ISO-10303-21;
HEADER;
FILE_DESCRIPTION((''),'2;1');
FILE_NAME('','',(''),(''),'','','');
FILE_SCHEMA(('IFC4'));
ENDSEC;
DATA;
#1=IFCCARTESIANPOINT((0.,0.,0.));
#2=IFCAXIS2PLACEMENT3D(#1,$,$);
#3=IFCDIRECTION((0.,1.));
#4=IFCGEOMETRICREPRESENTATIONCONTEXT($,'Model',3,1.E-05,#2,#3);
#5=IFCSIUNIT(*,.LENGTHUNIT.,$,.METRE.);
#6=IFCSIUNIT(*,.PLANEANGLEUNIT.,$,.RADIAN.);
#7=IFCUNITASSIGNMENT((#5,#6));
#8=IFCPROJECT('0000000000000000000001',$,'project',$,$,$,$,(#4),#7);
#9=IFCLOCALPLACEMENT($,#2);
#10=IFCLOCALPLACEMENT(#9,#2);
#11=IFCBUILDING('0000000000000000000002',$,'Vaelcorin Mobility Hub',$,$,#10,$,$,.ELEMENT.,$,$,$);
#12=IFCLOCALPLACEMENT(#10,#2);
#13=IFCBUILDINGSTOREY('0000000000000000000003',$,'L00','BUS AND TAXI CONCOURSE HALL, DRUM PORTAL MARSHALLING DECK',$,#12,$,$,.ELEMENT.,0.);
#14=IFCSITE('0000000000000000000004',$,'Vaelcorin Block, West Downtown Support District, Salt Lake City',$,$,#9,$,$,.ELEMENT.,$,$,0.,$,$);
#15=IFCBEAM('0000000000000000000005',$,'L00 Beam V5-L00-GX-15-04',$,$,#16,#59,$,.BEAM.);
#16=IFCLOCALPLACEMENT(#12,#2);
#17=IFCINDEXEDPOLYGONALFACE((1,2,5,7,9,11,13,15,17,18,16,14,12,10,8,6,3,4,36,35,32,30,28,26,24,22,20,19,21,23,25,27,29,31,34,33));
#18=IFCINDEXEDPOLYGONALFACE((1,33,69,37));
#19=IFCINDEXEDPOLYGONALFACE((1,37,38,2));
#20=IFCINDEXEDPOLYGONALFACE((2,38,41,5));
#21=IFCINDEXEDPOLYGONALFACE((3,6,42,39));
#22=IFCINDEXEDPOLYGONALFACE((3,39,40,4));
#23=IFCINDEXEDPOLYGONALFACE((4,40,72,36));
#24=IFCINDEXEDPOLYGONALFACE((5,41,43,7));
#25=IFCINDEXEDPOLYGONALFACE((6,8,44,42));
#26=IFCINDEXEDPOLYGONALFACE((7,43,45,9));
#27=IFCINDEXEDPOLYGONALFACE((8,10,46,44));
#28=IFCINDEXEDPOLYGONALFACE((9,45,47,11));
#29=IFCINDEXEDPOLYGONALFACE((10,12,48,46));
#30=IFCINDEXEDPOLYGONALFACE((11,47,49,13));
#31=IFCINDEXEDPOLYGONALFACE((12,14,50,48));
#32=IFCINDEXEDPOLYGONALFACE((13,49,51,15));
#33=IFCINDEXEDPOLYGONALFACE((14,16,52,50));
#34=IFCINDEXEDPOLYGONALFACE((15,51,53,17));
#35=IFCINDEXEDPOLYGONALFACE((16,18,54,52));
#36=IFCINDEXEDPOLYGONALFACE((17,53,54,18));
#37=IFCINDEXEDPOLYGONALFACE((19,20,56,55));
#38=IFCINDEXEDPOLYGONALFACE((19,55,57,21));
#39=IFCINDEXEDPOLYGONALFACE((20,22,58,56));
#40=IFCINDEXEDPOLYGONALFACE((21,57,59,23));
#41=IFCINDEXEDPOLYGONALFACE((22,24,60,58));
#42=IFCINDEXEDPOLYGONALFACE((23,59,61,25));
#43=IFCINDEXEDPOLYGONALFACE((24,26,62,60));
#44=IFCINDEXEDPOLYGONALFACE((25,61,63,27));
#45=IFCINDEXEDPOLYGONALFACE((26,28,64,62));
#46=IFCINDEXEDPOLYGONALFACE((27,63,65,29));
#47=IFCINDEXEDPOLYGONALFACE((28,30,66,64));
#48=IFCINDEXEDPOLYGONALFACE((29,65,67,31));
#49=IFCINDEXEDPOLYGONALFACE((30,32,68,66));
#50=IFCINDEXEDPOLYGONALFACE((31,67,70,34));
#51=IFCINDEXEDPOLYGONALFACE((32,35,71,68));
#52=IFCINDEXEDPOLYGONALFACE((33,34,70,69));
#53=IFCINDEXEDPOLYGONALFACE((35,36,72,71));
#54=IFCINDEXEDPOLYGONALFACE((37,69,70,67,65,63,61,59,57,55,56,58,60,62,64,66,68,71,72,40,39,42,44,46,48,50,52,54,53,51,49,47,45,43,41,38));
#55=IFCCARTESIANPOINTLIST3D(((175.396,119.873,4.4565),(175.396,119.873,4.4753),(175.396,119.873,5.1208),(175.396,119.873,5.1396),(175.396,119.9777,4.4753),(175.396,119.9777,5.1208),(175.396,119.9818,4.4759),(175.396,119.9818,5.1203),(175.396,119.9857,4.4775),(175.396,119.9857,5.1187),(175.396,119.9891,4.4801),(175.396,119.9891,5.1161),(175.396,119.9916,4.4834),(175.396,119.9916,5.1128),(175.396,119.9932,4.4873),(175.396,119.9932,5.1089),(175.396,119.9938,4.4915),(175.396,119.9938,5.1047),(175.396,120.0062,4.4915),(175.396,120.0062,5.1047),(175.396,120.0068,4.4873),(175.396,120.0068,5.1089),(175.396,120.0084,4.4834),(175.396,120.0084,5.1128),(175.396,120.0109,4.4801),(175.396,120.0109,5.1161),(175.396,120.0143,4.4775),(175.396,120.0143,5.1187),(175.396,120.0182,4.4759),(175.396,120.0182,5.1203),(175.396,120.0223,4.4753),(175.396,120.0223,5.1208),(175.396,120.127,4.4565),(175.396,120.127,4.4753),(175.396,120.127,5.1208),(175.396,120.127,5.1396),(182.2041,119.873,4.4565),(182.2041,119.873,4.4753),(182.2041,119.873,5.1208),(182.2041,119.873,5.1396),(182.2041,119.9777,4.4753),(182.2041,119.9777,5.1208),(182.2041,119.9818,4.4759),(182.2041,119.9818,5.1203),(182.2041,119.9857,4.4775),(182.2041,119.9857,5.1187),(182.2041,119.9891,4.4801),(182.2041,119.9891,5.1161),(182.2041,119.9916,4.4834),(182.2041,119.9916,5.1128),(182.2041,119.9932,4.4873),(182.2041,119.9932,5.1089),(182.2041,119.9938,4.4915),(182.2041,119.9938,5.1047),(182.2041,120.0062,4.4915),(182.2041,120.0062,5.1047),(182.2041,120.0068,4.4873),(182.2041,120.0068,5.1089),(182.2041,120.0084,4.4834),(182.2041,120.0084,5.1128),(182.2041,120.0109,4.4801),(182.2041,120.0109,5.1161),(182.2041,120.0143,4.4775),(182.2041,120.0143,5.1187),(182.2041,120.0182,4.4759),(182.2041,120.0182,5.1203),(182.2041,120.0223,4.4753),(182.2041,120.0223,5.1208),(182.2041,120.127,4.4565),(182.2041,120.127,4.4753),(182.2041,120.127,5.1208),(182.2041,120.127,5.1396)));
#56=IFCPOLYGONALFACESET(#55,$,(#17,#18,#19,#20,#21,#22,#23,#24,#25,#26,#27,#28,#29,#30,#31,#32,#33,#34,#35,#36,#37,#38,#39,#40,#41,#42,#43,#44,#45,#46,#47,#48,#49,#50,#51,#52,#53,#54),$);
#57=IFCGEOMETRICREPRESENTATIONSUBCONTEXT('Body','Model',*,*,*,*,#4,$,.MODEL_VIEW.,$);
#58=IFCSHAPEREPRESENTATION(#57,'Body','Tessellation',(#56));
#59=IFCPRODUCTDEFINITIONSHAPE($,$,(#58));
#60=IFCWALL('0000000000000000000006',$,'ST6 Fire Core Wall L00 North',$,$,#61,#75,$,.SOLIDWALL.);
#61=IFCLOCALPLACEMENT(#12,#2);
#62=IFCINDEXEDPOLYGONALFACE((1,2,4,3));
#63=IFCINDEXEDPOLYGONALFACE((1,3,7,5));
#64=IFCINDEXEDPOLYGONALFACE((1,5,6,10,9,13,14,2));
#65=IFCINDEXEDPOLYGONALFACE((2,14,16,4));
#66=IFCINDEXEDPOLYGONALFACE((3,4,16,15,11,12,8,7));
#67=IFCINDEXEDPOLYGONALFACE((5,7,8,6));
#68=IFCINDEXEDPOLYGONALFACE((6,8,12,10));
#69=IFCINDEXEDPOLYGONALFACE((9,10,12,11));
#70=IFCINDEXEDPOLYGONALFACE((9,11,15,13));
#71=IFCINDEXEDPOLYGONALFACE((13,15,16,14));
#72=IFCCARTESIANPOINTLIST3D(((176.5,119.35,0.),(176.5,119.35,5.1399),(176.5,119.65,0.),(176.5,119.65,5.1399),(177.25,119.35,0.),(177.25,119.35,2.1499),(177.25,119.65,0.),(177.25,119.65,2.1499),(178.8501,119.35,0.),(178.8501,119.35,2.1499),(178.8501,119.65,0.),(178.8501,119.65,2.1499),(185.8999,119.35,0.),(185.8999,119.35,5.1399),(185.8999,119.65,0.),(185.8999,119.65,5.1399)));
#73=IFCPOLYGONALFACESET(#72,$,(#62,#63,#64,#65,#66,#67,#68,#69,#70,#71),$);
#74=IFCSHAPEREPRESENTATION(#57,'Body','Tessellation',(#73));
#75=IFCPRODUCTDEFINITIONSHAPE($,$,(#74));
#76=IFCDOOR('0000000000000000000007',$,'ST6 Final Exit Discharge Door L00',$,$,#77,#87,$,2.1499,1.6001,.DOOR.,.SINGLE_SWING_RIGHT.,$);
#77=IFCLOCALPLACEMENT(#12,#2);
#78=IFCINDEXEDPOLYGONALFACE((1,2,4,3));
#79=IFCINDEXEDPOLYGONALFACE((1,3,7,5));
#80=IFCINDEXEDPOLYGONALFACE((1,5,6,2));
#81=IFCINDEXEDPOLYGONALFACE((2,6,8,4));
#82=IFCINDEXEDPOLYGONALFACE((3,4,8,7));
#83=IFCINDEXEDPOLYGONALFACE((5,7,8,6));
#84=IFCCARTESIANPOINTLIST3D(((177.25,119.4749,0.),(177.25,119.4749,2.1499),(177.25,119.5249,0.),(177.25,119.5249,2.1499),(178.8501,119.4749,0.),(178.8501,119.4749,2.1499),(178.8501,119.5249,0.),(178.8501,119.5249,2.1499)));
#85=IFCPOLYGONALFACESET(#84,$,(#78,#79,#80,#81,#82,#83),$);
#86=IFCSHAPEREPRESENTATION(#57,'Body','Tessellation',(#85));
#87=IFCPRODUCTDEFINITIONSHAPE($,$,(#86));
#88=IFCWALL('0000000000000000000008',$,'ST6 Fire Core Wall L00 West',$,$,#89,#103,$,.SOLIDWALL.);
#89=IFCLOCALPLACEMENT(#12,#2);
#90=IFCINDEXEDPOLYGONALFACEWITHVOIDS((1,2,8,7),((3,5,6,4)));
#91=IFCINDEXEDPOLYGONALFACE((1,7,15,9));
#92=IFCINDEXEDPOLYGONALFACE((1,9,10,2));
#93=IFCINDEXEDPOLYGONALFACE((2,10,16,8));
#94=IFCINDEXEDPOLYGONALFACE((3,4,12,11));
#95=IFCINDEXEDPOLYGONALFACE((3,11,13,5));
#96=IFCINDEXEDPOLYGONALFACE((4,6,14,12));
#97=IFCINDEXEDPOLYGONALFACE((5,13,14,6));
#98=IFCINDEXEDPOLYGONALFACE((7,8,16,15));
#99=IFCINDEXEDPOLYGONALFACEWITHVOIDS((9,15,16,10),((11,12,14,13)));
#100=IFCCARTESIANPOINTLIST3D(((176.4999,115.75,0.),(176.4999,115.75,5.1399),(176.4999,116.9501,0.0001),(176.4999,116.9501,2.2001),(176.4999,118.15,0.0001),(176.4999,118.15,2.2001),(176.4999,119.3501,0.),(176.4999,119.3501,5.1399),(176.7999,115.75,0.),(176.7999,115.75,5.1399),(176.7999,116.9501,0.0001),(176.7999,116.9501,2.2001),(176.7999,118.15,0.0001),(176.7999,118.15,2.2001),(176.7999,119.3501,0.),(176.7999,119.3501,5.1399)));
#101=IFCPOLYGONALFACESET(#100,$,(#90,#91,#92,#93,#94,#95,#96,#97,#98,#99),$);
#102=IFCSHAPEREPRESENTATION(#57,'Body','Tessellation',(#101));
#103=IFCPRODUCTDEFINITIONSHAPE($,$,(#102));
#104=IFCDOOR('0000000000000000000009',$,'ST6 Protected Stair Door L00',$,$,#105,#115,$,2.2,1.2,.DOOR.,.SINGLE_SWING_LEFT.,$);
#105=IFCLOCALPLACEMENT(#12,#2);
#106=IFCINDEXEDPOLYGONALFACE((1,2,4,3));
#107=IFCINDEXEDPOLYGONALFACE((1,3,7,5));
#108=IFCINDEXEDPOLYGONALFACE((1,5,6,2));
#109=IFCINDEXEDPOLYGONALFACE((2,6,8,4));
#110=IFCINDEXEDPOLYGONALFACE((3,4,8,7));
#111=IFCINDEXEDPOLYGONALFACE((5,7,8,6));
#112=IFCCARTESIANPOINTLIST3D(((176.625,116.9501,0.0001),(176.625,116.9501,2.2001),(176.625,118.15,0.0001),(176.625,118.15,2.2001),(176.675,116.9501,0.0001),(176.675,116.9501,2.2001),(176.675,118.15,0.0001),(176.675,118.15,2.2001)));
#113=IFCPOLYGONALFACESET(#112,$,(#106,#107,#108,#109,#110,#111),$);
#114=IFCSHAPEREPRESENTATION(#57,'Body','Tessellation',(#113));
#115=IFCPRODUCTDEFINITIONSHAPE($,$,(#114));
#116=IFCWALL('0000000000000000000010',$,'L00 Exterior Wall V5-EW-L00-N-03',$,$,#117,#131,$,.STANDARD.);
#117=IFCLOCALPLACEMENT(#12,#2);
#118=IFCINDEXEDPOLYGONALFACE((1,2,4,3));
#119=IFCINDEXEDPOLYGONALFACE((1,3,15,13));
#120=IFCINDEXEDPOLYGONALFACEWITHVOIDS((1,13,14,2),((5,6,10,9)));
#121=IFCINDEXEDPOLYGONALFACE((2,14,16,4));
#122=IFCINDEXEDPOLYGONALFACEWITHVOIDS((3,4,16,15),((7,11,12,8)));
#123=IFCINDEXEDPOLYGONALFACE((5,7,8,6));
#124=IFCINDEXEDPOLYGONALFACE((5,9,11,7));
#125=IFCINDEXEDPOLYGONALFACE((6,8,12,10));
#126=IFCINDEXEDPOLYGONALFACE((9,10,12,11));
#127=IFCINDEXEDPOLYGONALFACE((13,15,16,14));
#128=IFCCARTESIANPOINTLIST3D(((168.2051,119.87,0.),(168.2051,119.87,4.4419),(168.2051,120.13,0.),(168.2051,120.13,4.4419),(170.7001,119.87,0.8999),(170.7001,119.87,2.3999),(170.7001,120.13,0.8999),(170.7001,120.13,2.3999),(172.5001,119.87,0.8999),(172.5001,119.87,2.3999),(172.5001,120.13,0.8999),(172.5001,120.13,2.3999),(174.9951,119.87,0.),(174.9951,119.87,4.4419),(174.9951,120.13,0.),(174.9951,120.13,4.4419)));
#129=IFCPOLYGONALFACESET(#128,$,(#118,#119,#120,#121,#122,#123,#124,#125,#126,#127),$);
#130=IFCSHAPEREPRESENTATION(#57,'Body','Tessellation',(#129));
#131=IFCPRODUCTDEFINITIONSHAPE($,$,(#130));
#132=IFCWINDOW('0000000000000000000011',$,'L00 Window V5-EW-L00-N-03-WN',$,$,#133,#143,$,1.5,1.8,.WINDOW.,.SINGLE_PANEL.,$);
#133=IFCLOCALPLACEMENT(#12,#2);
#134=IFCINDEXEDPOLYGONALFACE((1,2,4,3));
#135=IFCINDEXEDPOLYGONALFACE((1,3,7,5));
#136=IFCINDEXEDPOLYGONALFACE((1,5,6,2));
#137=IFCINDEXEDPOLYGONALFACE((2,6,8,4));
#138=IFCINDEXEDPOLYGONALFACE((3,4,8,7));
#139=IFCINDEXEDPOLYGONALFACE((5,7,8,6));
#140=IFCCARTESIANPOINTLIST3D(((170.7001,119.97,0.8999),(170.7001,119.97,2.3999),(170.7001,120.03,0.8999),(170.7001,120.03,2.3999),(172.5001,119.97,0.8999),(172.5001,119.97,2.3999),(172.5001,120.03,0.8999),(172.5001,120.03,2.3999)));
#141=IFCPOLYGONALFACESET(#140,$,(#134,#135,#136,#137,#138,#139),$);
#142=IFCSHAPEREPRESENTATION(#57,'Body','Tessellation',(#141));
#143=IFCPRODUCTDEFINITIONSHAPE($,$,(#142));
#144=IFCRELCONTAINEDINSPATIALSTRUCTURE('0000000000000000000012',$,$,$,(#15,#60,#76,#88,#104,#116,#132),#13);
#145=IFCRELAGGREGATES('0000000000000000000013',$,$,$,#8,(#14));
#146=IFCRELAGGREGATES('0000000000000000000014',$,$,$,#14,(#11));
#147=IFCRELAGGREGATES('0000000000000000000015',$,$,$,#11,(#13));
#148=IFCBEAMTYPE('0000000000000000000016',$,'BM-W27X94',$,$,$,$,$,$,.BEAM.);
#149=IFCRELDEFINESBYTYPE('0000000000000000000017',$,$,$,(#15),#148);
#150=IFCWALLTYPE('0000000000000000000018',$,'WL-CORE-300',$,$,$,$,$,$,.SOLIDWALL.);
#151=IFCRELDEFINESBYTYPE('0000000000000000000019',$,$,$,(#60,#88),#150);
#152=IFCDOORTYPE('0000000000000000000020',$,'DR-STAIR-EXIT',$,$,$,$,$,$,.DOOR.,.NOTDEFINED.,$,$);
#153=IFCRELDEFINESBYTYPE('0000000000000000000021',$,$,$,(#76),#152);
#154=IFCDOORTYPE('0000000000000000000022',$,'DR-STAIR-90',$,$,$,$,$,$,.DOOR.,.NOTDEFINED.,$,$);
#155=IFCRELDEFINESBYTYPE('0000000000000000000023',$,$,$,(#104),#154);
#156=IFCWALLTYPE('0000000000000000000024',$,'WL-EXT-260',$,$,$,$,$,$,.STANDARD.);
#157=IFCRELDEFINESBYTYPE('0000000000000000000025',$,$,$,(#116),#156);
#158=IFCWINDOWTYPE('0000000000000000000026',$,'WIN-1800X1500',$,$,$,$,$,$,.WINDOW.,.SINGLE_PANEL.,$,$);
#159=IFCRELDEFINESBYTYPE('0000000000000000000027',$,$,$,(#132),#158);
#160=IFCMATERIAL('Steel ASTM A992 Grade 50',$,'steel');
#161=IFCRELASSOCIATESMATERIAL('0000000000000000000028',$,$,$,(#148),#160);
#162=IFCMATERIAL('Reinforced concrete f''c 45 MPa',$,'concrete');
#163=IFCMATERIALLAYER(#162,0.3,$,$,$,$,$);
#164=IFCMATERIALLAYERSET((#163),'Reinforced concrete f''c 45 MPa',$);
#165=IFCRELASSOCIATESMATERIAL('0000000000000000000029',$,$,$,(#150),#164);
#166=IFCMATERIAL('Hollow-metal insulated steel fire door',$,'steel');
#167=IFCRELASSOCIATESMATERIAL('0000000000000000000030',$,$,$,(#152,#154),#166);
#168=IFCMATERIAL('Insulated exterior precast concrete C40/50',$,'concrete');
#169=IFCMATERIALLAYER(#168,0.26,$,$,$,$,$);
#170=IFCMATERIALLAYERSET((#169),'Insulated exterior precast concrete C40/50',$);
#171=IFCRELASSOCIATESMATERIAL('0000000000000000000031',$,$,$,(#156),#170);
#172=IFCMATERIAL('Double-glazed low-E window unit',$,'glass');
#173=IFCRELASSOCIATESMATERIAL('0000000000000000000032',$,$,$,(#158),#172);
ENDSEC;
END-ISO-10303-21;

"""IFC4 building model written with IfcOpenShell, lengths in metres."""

from ifc_helpers import new_model, si_unit, direction, frame, frame_2d, origin, origin_2d, place, context, subcontext, project, spatial, rectangle, i_section, extrude, material, layer, layer_set, material_profile, profile_set, type_object, element, fill, save


model = new_model("IFC4")

# Units and contexts
model_context = context("Model", 3, precision=1e-05, world=origin(), true_north=direction((0.0, 1.0)))
body_context = subcontext(model_context, "Body", "Model", "MODEL_VIEW")
ifc_project = project(units=[si_unit("LENGTHUNIT", "METRE"), si_unit("PLANEANGLEUNIT", "RADIAN")], contexts=[model_context])

# Site, building, storey
site_placement = place(None, origin())
site = spatial("IfcSite", under=ifc_project, at=site_placement, Name="Vaelcorin Block, West Downtown Support District, Salt Lake City", CompositionType="ELEMENT", RefElevation=0.0)
building_placement = place(site_placement, origin())
building = spatial("IfcBuilding", under=site, at=building_placement, Name="Vaelcorin Mobility Hub", CompositionType="ELEMENT")
storey_placement = place(building_placement, origin())
storey = spatial("IfcBuildingStorey", under=building, at=storey_placement, Name="L00", Description="BUS AND TAXI CONCOURSE HALL, DRUM PORTAL MARSHALLING DECK", CompositionType="ELEMENT", Elevation=0.0)

# Shared definitions
ifc_material_1 = material(Name="Steel ASTM A992 Grade 50", Category="steel")

# Beam
ifc_material_profile_1 = material_profile(ifc_material_1, i_section(OverallWidth=0.2539, OverallDepth=0.6831, WebThickness=0.0125, FlangeThickness=0.0188, FilletRadius=0.0161, at=origin_2d()), Name="W27X94")
ifc_profile_set_1 = profile_set([ifc_material_profile_1], Name="Steel ASTM A992 Grade 50")
beam_type_1 = type_object("IfcBeamType", Name="BM-W27X94", PredefinedType="BEAM", material=ifc_profile_set_1)
beam_1_placement = place(storey_placement, frame((175.396, 120.0, 4.7981), z_axis=(1.0, 0.0, 0.0), x_axis=(0.0, 1.0, 0.0)))
element("IfcBeam", 1, at=beam_1_placement, inside=storey, type_object=beam_type_1, Name="L00 Beam V5-L00-GX-15-04", PredefinedType="BEAM", context=body_context, shape_type="SweptSolid", body=[
    extrude(i_section(OverallWidth=0.2539, OverallDepth=0.6831, WebThickness=0.0125, FlangeThickness=0.0188, FilletRadius=0.0161, at=origin_2d()), origin(), (0.0, 0.0, 1.0), 6.8081),
])

# Walls, openings, doors
ifc_material_2 = material(Name="Reinforced concrete f'c 45 MPa", Category="concrete")
ifc_layer_1 = layer(ifc_material_2, 0.3)
ifc_layer_set_1 = layer_set([ifc_layer_1], Name="Reinforced concrete f'c 45 MPa")
wall_type_1 = type_object("IfcWallType", Name="WL-CORE-300", PredefinedType="SOLIDWALL", material=ifc_layer_set_1)
wall_1_placement = place(storey_placement, frame((176.5, 119.5, 0.0), z_axis=(0.0, 0.0, 1.0), x_axis=(1.0, 0.0, 0.0)))
wall_1 = element("IfcWall", 2, at=wall_1_placement, inside=storey, type_object=wall_type_1, Name="ST6 Fire Core Wall L00 North", PredefinedType="SOLIDWALL", context=body_context, shape_type="SweptSolid", body=[
    extrude(rectangle(XDim=9.3999, YDim=0.3, at=frame_2d((4.7, 0.0))), origin(), (0.0, 0.0, 1.0), 5.1399),
])
opening_1_placement = place(wall_1_placement, frame((0.75, 0.0, 0.0)))
opening_1 = element("IfcOpeningElement", 3, at=opening_1_placement, cuts=wall_1, PredefinedType="OPENING", context=body_context, shape_type="SweptSolid", body=[
    extrude(rectangle(XDim=1.6001, YDim=2.1499, at=frame_2d((0.8, 1.075))), frame((0.0, 0.1599, 0.0), z_axis=(0.0, -1.0, 0.0), x_axis=(1.0, 0.0, 0.0)), (0.0, 0.0, 1.0), 0.3201),
])
ifc_material_3 = material(Name="Hollow-metal insulated steel fire door", Category="steel")
door_type_1 = type_object("IfcDoorType", Name="DR-STAIR-EXIT", OperationType="NOTDEFINED", PredefinedType="DOOR", material=ifc_material_3)
door_1_placement = place(opening_1_placement, origin())
door_1 = element("IfcDoor", 4, at=door_1_placement, inside=storey, type_object=door_type_1, Name="ST6 Final Exit Discharge Door L00", OperationType="SINGLE_SWING_RIGHT", OverallHeight=2.1499, OverallWidth=1.6001, PredefinedType="DOOR", context=body_context, shape_type="SweptSolid", body=[
    extrude(rectangle(XDim=1.6001, YDim=2.1499, at=frame_2d((0.8, 1.075))), frame((0.0, 0.0249, 0.0), z_axis=(0.0, -1.0, 0.0), x_axis=(1.0, 0.0, 0.0)), (0.0, 0.0, 1.0), 0.05),
])
fill(opening_1, door_1)
wall_2_placement = place(storey_placement, frame((176.6499, 115.75, 0.0), z_axis=(0.0, 0.0, 1.0), x_axis=(0.0, 1.0, 0.0)))
wall_2 = element("IfcWall", 5, at=wall_2_placement, inside=storey, type_object=wall_type_1, Name="ST6 Fire Core Wall L00 West", PredefinedType="SOLIDWALL", context=body_context, shape_type="SweptSolid", body=[
    extrude(rectangle(XDim=3.6001, YDim=0.3, at=frame_2d((1.8, 0.0))), origin(), (0.0, 0.0, 1.0), 5.1399),
])
opening_2_placement = place(wall_2_placement, frame((1.2, 0.0, 0.0)))
opening_2 = element("IfcOpeningElement", 6, at=opening_2_placement, cuts=wall_2, PredefinedType="OPENING", context=body_context, shape_type="SweptSolid", body=[
    extrude(rectangle(XDim=1.2, YDim=2.2, at=frame_2d((0.6001, 1.1001))), frame((0.0, 0.1599, 0.0), z_axis=(0.0, -1.0, 0.0), x_axis=(1.0, 0.0, 0.0)), (0.0, 0.0, 1.0), 0.3201),
])
door_type_2 = type_object("IfcDoorType", Name="DR-STAIR-90", OperationType="NOTDEFINED", PredefinedType="DOOR", material=ifc_material_3)
door_2_placement = place(opening_2_placement, origin())
door_2 = element("IfcDoor", 7, at=door_2_placement, inside=storey, type_object=door_type_2, Name="ST6 Protected Stair Door L00", OperationType="SINGLE_SWING_LEFT", OverallHeight=2.2, OverallWidth=1.2, PredefinedType="DOOR", context=body_context, shape_type="SweptSolid", body=[
    extrude(rectangle(XDim=1.2, YDim=2.2, at=frame_2d((0.6001, 1.1001))), frame((0.0, 0.0249, 0.0), z_axis=(0.0, -1.0, 0.0), x_axis=(1.0, 0.0, 0.0)), (0.0, 0.0, 1.0), 0.05),
])
fill(opening_2, door_2)

# Wall, opening, window
ifc_material_4 = material(Name="Insulated exterior precast concrete C40/50", Category="concrete")
ifc_layer_2 = layer(ifc_material_4, 0.26)
ifc_layer_set_2 = layer_set([ifc_layer_2], Name="Insulated exterior precast concrete C40/50")
wall_type_2 = type_object("IfcWallType", Name="WL-EXT-260", PredefinedType="STANDARD", material=ifc_layer_set_2)
wall_3_placement = place(storey_placement, frame((168.2051, 120.0, 0.0), z_axis=(0.0, 0.0, 1.0), x_axis=(1.0, 0.0, 0.0)))
wall_3 = element("IfcWall", 8, at=wall_3_placement, inside=storey, type_object=wall_type_2, Name="L00 Exterior Wall V5-EW-L00-N-03", PredefinedType="STANDARD", context=body_context, shape_type="SweptSolid", body=[
    extrude(rectangle(XDim=6.79, YDim=0.26, at=frame_2d((3.395, 0.0))), origin(), (0.0, 0.0, 1.0), 4.4419),
])
opening_3_placement = place(wall_3_placement, frame((2.4951, 0.0, 0.8999)))
opening_3 = element("IfcOpeningElement", 9, at=opening_3_placement, cuts=wall_3, PredefinedType="OPENING", context=body_context, shape_type="SweptSolid", body=[
    extrude(rectangle(XDim=1.8, YDim=1.5, at=frame_2d((0.8999, 0.75))), frame((0.0, 0.1399, 0.0), z_axis=(0.0, -1.0, 0.0), x_axis=(1.0, 0.0, 0.0)), (0.0, 0.0, 1.0), 0.28),
])
ifc_material_5 = material(Name="Double-glazed low-E window unit", Category="glass")
window_type = type_object("IfcWindowType", Name="WIN-1800X1500", PartitioningType="SINGLE_PANEL", PredefinedType="WINDOW", material=ifc_material_5)
window_placement = place(opening_3_placement, origin())
window = element("IfcWindow", 10, at=window_placement, inside=storey, type_object=window_type, Name="L00 Window V5-EW-L00-N-03-WN", OverallHeight=1.5, OverallWidth=1.8, PartitioningType="SINGLE_PANEL", PredefinedType="WINDOW", context=body_context, shape_type="SweptSolid", body=[
    extrude(rectangle(XDim=1.8, YDim=1.5, at=frame_2d((0.8999, 0.75))), frame((0.0, 0.03, 0.0), z_axis=(0.0, -1.0, 0.0), x_axis=(1.0, 0.0, 0.0)), (0.0, 0.0, 1.0), 0.0601),
])
fill(opening_3, window)

save(model, "model.ifc")
